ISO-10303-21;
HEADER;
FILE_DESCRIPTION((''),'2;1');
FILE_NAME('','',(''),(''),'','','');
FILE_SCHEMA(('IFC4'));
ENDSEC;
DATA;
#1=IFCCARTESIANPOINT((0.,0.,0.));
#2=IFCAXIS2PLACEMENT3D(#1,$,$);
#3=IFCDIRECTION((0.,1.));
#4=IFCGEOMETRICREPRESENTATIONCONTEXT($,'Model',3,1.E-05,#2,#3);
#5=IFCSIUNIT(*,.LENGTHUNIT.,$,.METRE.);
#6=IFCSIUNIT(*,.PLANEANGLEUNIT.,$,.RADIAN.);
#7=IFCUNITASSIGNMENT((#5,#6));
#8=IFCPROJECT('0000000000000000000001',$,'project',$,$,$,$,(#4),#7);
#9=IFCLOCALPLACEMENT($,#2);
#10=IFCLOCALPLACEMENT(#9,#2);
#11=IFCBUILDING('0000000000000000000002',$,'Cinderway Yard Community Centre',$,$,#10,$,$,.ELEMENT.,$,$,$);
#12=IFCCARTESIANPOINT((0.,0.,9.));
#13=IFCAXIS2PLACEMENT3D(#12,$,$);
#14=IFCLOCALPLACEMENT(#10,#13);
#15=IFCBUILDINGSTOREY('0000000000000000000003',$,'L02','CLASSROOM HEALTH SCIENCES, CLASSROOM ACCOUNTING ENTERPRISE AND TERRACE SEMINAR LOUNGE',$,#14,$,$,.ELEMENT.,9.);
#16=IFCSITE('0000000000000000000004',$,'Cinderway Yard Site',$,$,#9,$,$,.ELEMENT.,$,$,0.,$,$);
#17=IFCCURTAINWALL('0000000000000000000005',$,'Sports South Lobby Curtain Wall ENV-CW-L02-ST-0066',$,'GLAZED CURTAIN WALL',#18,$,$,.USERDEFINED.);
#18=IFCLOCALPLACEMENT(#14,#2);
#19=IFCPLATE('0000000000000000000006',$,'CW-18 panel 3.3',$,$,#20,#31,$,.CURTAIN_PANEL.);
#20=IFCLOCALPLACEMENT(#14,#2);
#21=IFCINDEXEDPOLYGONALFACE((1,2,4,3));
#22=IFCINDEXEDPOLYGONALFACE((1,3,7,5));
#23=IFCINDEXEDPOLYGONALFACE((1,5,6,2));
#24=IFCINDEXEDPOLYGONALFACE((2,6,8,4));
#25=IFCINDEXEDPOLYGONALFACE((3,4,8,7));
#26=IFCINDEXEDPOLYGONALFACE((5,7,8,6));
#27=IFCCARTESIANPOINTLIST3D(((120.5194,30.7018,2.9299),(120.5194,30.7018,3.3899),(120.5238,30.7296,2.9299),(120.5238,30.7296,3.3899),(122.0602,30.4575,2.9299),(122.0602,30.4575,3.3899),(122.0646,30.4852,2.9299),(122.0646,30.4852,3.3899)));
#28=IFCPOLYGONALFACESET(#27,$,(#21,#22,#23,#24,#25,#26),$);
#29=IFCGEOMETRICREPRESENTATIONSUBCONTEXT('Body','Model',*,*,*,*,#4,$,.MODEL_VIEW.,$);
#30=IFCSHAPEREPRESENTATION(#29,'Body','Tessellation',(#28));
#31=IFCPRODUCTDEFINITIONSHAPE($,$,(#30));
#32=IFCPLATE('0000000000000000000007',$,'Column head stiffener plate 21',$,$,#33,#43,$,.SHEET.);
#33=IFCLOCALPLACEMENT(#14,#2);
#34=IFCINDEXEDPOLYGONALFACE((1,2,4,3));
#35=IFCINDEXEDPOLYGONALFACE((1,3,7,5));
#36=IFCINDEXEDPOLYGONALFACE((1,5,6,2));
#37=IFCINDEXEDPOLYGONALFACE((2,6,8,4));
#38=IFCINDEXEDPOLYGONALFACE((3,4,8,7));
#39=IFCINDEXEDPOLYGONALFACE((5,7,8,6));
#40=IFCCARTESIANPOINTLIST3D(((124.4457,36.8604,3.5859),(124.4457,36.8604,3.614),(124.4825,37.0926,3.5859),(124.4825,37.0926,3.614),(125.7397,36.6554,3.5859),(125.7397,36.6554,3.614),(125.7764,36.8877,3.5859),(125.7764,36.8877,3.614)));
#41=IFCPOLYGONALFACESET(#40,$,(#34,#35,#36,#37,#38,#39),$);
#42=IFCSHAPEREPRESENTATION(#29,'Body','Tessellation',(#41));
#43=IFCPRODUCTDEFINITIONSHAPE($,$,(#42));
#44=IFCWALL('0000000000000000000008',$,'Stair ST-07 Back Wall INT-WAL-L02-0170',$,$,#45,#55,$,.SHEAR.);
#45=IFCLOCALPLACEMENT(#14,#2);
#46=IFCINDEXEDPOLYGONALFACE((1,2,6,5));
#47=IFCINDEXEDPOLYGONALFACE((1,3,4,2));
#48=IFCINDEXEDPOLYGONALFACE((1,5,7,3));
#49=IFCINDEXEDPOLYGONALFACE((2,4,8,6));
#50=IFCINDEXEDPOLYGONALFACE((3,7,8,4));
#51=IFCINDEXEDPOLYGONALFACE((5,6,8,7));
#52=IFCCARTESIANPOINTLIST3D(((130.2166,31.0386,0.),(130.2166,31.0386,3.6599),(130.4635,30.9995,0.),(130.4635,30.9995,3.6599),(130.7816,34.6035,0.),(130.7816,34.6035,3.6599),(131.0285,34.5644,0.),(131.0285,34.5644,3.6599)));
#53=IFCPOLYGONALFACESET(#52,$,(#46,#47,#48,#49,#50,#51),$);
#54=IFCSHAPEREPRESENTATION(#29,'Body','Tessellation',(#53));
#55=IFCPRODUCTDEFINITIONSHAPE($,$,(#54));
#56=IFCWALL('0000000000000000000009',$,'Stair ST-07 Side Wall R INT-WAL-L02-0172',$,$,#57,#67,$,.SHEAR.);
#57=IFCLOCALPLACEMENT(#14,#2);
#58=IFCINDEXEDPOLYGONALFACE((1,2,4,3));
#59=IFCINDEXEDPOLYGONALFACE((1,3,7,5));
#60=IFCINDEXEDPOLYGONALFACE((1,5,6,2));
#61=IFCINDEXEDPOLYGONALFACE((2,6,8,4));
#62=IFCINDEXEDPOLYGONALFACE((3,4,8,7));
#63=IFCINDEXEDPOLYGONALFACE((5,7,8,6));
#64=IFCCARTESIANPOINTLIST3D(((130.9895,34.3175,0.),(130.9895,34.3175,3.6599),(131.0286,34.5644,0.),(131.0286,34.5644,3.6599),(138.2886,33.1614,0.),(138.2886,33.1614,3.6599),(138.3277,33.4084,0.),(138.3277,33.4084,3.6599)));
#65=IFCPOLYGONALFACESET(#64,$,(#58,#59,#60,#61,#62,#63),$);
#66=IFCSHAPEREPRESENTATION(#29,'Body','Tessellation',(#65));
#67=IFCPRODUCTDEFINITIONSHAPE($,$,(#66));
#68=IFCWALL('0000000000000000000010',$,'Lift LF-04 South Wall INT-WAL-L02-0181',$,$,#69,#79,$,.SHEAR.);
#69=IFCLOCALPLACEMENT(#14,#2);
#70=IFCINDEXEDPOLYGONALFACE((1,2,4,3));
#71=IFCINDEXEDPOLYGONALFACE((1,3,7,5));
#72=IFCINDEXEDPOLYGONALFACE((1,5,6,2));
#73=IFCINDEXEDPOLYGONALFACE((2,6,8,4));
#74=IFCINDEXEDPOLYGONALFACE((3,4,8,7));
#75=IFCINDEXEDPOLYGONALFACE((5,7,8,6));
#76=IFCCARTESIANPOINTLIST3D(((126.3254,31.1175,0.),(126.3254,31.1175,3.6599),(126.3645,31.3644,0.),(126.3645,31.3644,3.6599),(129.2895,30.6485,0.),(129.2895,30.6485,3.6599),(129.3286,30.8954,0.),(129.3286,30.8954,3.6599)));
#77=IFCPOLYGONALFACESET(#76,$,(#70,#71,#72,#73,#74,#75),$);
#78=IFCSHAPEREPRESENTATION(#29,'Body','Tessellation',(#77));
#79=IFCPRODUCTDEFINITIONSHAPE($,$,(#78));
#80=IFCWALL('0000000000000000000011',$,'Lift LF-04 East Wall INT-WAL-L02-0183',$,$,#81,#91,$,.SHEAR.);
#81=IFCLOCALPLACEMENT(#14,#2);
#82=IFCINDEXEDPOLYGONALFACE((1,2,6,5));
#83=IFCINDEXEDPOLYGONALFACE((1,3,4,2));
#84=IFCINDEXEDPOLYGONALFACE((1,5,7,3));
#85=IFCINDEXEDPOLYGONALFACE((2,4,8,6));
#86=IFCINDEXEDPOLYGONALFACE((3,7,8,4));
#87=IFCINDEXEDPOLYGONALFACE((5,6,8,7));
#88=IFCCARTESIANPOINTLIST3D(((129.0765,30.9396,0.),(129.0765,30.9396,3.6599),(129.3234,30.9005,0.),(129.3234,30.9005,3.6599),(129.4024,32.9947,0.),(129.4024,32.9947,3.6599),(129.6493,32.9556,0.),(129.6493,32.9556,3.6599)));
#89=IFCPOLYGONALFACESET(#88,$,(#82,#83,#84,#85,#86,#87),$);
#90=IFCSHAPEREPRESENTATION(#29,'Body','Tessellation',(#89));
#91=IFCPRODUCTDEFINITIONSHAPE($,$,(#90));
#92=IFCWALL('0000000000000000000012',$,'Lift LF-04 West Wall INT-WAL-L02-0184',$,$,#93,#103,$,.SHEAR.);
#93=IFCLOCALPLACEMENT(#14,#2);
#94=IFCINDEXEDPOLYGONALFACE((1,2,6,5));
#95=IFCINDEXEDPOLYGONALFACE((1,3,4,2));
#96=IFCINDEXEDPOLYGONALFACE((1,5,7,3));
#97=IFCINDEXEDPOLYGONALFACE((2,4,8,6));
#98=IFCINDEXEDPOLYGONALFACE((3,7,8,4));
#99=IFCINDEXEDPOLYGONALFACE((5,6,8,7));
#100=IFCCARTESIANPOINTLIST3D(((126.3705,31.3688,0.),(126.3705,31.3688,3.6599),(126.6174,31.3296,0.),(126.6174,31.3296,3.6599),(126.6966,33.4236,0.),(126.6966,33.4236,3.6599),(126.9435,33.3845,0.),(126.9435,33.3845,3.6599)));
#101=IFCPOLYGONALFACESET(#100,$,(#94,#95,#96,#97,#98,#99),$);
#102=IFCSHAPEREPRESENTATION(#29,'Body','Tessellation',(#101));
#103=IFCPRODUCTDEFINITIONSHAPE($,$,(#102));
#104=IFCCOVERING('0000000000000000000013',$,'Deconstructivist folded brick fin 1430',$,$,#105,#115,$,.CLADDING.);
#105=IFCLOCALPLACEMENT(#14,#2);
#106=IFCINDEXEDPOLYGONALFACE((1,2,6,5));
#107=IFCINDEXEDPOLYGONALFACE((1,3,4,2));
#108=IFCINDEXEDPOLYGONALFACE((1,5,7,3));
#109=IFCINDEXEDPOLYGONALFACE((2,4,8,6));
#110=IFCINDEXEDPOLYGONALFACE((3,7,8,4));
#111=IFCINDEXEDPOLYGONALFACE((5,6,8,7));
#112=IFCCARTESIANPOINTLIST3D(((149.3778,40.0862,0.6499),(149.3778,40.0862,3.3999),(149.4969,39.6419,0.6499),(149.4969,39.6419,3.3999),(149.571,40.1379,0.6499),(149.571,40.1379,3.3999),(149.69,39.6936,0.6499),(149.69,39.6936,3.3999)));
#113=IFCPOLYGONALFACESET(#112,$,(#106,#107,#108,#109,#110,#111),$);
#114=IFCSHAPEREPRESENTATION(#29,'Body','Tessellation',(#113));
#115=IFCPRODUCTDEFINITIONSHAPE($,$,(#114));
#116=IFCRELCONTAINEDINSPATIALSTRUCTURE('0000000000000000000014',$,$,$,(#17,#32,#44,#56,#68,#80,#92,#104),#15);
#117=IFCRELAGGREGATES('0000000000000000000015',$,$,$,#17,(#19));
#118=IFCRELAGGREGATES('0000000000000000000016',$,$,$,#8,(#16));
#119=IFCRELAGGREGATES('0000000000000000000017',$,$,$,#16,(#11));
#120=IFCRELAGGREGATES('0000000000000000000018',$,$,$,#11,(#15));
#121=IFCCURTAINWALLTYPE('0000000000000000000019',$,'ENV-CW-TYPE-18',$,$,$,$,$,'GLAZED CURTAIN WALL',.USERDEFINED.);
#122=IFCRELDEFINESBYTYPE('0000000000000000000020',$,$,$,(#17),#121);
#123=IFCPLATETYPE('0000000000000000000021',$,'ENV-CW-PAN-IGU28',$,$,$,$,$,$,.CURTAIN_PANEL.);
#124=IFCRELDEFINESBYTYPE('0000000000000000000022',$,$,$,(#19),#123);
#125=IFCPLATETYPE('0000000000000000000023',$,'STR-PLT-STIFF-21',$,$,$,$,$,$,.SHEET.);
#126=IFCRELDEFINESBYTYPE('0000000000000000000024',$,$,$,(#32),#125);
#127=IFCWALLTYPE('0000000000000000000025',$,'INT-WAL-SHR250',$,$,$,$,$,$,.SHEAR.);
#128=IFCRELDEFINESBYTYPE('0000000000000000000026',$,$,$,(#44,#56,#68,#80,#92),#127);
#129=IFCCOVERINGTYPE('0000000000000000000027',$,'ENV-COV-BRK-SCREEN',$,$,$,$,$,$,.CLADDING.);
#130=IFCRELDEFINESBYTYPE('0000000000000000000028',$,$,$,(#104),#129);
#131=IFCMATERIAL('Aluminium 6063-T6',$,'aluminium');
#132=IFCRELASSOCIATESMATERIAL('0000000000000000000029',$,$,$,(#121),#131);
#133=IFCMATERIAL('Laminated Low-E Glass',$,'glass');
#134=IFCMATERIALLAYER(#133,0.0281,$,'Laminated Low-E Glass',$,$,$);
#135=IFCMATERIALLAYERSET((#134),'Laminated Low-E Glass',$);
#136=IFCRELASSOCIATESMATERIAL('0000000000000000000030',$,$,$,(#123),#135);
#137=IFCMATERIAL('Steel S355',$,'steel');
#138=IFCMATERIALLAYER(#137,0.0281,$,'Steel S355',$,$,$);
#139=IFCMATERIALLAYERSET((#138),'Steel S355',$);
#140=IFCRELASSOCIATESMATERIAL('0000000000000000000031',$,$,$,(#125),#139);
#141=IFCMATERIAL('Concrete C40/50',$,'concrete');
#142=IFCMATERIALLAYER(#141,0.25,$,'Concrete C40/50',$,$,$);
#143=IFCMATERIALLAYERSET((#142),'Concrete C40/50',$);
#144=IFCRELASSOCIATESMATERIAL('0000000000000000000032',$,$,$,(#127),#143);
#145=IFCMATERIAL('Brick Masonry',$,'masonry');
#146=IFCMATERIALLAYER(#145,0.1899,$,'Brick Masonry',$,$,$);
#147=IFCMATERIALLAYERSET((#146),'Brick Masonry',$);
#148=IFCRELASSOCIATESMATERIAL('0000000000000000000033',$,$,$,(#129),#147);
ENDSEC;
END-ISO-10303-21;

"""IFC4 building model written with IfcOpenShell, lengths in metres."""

from ifc_helpers import new_model, si_unit, direction, frame, frame_2d, origin, origin_2d, place, context, subcontext, project, spatial, rectangle, extrude, material, layer, layer_set, type_object, element, aggregate, save


model = new_model("IFC4")

# Units and contexts
model_context = context("Model", 3, precision=1e-05, world=origin(), true_north=direction((0.0, 1.0)))
body_context = subcontext(model_context, "Body", "Model", "MODEL_VIEW")
ifc_project = project(units=[si_unit("LENGTHUNIT", "METRE"), si_unit("PLANEANGLEUNIT", "RADIAN")], contexts=[model_context])

# Site, building, storey
site_placement = place(None, origin())
site = spatial("IfcSite", under=ifc_project, at=site_placement, Name="Cinderway Yard Site", CompositionType="ELEMENT", RefElevation=0.0)
building_placement = place(site_placement, origin())
building = spatial("IfcBuilding", under=site, at=building_placement, Name="Cinderway Yard Community Centre", CompositionType="ELEMENT")
storey_placement = place(building_placement, frame((0.0, 0.0, 9.0)))
storey = spatial("IfcBuildingStorey", under=building, at=storey_placement, Name="L02", Description="CLASSROOM HEALTH SCIENCES, CLASSROOM ACCOUNTING ENTERPRISE AND TERRACE SEMINAR LOUNGE", CompositionType="ELEMENT", Elevation=9.0)

# Shared definitions
ifc_material_1 = material(Name="Concrete C40/50", Category="concrete")

# Curtain wall
ifc_material_2 = material(Name="Aluminium 6063-T6", Category="aluminium")
curtain_wall_type = type_object("IfcCurtainWallType", Name="ENV-CW-TYPE-18", ElementType="GLAZED CURTAIN WALL", PredefinedType="USERDEFINED", material=ifc_material_2)
curtain_wall_placement = place(storey_placement, origin())
curtain_wall = element("IfcCurtainWall", 1, at=curtain_wall_placement, inside=storey, type_object=curtain_wall_type, Name="Sports South Lobby Curtain Wall ENV-CW-L02-ST-0066", ObjectType="GLAZED CURTAIN WALL", PredefinedType="USERDEFINED")

# Shared definitions
ifc_material_3 = material(Name="Steel S355", Category="steel")

# Plates
ifc_material_4 = material(Name="Laminated Low-E Glass", Category="glass")
ifc_layer_1 = layer(ifc_material_4, 0.0281, Name="Laminated Low-E Glass")
ifc_layer_set_1 = layer_set([ifc_layer_1], Name="Laminated Low-E Glass")
plate_type_1 = type_object("IfcPlateType", Name="ENV-CW-PAN-IGU28", PredefinedType="CURTAIN_PANEL", material=ifc_layer_set_1)
plate_1_placement = place(storey_placement, frame((121.292, 30.5935, 2.9299), z_axis=(0.0, 0.0, 1.0), x_axis=(0.987656, -0.156636, 0.0)))
plate_1 = element("IfcPlate", 2, at=plate_1_placement, type_object=plate_type_1, Name="CW-18 panel 3.3", PredefinedType="CURTAIN_PANEL", context=body_context, shape_type="SweptSolid", body=[
    extrude(rectangle(XDim=1.5601, YDim=0.0281, at=origin_2d()), origin(), (0.0, 0.0, 1.0), 0.46),
])
aggregate(curtain_wall, [plate_1])
ifc_layer_2 = layer(ifc_material_3, 0.0281, Name="Steel S355")
ifc_layer_set_2 = layer_set([ifc_layer_2], Name="Steel S355")
plate_type_2 = type_object("IfcPlateType", Name="STR-PLT-STIFF-21", PredefinedType="SHEET", material=ifc_layer_set_2)
plate_2_placement = place(storey_placement, frame((125.1111, 36.874, 3.5859), z_axis=(0.0, 0.0, 1.0), x_axis=(0.987688, -0.156434, 0.0)))
element("IfcPlate", 3, at=plate_2_placement, inside=storey, type_object=plate_type_2, Name="Column head stiffener plate 21", PredefinedType="SHEET", context=body_context, shape_type="SweptSolid", body=[
    extrude(rectangle(XDim=1.3101, YDim=0.2351, at=origin_2d()), origin(), (0.0, 0.0, 1.0), 0.0281),
])

# Shared definitions
ifc_layer_3 = layer(ifc_material_1, 0.25, Name="Concrete C40/50")
ifc_layer_set_3 = layer_set([ifc_layer_3], Name="Concrete C40/50")
wall_type = type_object("IfcWallType", Name="INT-WAL-SHR250", PredefinedType="SHEAR", material=ifc_layer_set_3)

# Walls
wall_1_placement = place(storey_placement, frame((130.3401, 31.019, 0.0), z_axis=(0.0, 0.0, 1.0), x_axis=(0.156518, 0.987675, 0.0)))
element("IfcWall", 4, at=wall_1_placement, inside=storey, type_object=wall_type, Name="Stair ST-07 Back Wall INT-WAL-L02-0170", PredefinedType="SHEAR", context=body_context, shape_type="SweptSolid", body=[
    extrude(rectangle(XDim=3.6094, YDim=0.25, at=frame_2d((1.8047, 0.0))), origin(), (0.0, 0.0, 1.0), 3.6599),
])
wall_2_placement = place(storey_placement, frame((131.009, 34.4409, 0.0), z_axis=(0.0, 0.0, 1.0), x_axis=(0.987689, -0.156427, 0.0)))
element("IfcWall", 5, at=wall_2_placement, inside=storey, type_object=wall_type, Name="Stair ST-07 Side Wall R INT-WAL-L02-0172", PredefinedType="SHEAR", context=body_context, shape_type="SweptSolid", body=[
    extrude(rectangle(XDim=7.3901, YDim=0.25, at=frame_2d((3.6951, 0.0))), origin(), (0.0, 0.0, 1.0), 3.6599),
])
wall_3_placement = place(storey_placement, frame((126.345, 31.241, 0.0), z_axis=(0.0, 0.0, 1.0), x_axis=(0.987713, -0.15628, 0.0)))
element("IfcWall", 6, at=wall_3_placement, inside=storey, type_object=wall_type, Name="Lift LF-04 South Wall INT-WAL-L02-0181", PredefinedType="SHEAR", context=body_context, shape_type="SweptSolid", body=[
    extrude(rectangle(XDim=3.001, YDim=0.25, at=frame_2d((1.5005, 0.0))), origin(), (0.0, 0.0, 1.0), 3.6599),
])

# Walls
wall_4_placement = place(storey_placement, frame((129.2, 30.9199, 0.0), z_axis=(0.0, 0.0, 1.0), x_axis=(0.156631, 0.987657, 0.0)))
element("IfcWall", 7, at=wall_4_placement, inside=storey, type_object=wall_type, Name="Lift LF-04 East Wall INT-WAL-L02-0183", PredefinedType="SHEAR", context=body_context, shape_type="SweptSolid", body=[
    extrude(rectangle(XDim=2.0808, YDim=0.25, at=frame_2d((1.0405, 0.0))), origin(), (0.0, 0.0, 1.0), 3.6599),
])
wall_5_placement = place(storey_placement, frame((126.8201, 33.4041, 0.0), z_axis=(0.0, 0.0, 1.0), x_axis=(-0.156764, -0.987636, 0.0)))
element("IfcWall", 8, at=wall_5_placement, inside=storey, type_object=wall_type, Name="Lift LF-04 West Wall INT-WAL-L02-0184", PredefinedType="SHEAR", context=body_context, shape_type="SweptSolid", body=[
    extrude(rectangle(XDim=2.0806, YDim=0.25, at=frame_2d((1.0403, 0.0))), origin(), (0.0, 0.0, 1.0), 3.6599),
])

# Covering
ifc_material_5 = material(Name="Brick Masonry", Category="masonry")
ifc_layer_4 = layer(ifc_material_5, 0.1899, Name="Brick Masonry")
ifc_layer_set_4 = layer_set([ifc_layer_4], Name="Brick Masonry")
covering_type = type_object("IfcCoveringType", Name="ENV-COV-BRK-SCREEN", PredefinedType="CLADDING", material=ifc_layer_set_4)
covering_placement = place(storey_placement, frame((149.5339, 39.8899, 0.6499), z_axis=(0.0, 0.0, 1.0), x_axis=(0.258819, -0.965926, 0.0)))
element("IfcCovering", 9, at=covering_placement, inside=storey, type_object=covering_type, Name="Deconstructivist folded brick fin 1430", PredefinedType="CLADDING", context=body_context, shape_type="SweptSolid", body=[
    extrude(rectangle(XDim=0.46, YDim=0.2, at=origin_2d()), origin(), (0.0, 0.0, 1.0), 2.75),
])

save(model, "model.ifc")
